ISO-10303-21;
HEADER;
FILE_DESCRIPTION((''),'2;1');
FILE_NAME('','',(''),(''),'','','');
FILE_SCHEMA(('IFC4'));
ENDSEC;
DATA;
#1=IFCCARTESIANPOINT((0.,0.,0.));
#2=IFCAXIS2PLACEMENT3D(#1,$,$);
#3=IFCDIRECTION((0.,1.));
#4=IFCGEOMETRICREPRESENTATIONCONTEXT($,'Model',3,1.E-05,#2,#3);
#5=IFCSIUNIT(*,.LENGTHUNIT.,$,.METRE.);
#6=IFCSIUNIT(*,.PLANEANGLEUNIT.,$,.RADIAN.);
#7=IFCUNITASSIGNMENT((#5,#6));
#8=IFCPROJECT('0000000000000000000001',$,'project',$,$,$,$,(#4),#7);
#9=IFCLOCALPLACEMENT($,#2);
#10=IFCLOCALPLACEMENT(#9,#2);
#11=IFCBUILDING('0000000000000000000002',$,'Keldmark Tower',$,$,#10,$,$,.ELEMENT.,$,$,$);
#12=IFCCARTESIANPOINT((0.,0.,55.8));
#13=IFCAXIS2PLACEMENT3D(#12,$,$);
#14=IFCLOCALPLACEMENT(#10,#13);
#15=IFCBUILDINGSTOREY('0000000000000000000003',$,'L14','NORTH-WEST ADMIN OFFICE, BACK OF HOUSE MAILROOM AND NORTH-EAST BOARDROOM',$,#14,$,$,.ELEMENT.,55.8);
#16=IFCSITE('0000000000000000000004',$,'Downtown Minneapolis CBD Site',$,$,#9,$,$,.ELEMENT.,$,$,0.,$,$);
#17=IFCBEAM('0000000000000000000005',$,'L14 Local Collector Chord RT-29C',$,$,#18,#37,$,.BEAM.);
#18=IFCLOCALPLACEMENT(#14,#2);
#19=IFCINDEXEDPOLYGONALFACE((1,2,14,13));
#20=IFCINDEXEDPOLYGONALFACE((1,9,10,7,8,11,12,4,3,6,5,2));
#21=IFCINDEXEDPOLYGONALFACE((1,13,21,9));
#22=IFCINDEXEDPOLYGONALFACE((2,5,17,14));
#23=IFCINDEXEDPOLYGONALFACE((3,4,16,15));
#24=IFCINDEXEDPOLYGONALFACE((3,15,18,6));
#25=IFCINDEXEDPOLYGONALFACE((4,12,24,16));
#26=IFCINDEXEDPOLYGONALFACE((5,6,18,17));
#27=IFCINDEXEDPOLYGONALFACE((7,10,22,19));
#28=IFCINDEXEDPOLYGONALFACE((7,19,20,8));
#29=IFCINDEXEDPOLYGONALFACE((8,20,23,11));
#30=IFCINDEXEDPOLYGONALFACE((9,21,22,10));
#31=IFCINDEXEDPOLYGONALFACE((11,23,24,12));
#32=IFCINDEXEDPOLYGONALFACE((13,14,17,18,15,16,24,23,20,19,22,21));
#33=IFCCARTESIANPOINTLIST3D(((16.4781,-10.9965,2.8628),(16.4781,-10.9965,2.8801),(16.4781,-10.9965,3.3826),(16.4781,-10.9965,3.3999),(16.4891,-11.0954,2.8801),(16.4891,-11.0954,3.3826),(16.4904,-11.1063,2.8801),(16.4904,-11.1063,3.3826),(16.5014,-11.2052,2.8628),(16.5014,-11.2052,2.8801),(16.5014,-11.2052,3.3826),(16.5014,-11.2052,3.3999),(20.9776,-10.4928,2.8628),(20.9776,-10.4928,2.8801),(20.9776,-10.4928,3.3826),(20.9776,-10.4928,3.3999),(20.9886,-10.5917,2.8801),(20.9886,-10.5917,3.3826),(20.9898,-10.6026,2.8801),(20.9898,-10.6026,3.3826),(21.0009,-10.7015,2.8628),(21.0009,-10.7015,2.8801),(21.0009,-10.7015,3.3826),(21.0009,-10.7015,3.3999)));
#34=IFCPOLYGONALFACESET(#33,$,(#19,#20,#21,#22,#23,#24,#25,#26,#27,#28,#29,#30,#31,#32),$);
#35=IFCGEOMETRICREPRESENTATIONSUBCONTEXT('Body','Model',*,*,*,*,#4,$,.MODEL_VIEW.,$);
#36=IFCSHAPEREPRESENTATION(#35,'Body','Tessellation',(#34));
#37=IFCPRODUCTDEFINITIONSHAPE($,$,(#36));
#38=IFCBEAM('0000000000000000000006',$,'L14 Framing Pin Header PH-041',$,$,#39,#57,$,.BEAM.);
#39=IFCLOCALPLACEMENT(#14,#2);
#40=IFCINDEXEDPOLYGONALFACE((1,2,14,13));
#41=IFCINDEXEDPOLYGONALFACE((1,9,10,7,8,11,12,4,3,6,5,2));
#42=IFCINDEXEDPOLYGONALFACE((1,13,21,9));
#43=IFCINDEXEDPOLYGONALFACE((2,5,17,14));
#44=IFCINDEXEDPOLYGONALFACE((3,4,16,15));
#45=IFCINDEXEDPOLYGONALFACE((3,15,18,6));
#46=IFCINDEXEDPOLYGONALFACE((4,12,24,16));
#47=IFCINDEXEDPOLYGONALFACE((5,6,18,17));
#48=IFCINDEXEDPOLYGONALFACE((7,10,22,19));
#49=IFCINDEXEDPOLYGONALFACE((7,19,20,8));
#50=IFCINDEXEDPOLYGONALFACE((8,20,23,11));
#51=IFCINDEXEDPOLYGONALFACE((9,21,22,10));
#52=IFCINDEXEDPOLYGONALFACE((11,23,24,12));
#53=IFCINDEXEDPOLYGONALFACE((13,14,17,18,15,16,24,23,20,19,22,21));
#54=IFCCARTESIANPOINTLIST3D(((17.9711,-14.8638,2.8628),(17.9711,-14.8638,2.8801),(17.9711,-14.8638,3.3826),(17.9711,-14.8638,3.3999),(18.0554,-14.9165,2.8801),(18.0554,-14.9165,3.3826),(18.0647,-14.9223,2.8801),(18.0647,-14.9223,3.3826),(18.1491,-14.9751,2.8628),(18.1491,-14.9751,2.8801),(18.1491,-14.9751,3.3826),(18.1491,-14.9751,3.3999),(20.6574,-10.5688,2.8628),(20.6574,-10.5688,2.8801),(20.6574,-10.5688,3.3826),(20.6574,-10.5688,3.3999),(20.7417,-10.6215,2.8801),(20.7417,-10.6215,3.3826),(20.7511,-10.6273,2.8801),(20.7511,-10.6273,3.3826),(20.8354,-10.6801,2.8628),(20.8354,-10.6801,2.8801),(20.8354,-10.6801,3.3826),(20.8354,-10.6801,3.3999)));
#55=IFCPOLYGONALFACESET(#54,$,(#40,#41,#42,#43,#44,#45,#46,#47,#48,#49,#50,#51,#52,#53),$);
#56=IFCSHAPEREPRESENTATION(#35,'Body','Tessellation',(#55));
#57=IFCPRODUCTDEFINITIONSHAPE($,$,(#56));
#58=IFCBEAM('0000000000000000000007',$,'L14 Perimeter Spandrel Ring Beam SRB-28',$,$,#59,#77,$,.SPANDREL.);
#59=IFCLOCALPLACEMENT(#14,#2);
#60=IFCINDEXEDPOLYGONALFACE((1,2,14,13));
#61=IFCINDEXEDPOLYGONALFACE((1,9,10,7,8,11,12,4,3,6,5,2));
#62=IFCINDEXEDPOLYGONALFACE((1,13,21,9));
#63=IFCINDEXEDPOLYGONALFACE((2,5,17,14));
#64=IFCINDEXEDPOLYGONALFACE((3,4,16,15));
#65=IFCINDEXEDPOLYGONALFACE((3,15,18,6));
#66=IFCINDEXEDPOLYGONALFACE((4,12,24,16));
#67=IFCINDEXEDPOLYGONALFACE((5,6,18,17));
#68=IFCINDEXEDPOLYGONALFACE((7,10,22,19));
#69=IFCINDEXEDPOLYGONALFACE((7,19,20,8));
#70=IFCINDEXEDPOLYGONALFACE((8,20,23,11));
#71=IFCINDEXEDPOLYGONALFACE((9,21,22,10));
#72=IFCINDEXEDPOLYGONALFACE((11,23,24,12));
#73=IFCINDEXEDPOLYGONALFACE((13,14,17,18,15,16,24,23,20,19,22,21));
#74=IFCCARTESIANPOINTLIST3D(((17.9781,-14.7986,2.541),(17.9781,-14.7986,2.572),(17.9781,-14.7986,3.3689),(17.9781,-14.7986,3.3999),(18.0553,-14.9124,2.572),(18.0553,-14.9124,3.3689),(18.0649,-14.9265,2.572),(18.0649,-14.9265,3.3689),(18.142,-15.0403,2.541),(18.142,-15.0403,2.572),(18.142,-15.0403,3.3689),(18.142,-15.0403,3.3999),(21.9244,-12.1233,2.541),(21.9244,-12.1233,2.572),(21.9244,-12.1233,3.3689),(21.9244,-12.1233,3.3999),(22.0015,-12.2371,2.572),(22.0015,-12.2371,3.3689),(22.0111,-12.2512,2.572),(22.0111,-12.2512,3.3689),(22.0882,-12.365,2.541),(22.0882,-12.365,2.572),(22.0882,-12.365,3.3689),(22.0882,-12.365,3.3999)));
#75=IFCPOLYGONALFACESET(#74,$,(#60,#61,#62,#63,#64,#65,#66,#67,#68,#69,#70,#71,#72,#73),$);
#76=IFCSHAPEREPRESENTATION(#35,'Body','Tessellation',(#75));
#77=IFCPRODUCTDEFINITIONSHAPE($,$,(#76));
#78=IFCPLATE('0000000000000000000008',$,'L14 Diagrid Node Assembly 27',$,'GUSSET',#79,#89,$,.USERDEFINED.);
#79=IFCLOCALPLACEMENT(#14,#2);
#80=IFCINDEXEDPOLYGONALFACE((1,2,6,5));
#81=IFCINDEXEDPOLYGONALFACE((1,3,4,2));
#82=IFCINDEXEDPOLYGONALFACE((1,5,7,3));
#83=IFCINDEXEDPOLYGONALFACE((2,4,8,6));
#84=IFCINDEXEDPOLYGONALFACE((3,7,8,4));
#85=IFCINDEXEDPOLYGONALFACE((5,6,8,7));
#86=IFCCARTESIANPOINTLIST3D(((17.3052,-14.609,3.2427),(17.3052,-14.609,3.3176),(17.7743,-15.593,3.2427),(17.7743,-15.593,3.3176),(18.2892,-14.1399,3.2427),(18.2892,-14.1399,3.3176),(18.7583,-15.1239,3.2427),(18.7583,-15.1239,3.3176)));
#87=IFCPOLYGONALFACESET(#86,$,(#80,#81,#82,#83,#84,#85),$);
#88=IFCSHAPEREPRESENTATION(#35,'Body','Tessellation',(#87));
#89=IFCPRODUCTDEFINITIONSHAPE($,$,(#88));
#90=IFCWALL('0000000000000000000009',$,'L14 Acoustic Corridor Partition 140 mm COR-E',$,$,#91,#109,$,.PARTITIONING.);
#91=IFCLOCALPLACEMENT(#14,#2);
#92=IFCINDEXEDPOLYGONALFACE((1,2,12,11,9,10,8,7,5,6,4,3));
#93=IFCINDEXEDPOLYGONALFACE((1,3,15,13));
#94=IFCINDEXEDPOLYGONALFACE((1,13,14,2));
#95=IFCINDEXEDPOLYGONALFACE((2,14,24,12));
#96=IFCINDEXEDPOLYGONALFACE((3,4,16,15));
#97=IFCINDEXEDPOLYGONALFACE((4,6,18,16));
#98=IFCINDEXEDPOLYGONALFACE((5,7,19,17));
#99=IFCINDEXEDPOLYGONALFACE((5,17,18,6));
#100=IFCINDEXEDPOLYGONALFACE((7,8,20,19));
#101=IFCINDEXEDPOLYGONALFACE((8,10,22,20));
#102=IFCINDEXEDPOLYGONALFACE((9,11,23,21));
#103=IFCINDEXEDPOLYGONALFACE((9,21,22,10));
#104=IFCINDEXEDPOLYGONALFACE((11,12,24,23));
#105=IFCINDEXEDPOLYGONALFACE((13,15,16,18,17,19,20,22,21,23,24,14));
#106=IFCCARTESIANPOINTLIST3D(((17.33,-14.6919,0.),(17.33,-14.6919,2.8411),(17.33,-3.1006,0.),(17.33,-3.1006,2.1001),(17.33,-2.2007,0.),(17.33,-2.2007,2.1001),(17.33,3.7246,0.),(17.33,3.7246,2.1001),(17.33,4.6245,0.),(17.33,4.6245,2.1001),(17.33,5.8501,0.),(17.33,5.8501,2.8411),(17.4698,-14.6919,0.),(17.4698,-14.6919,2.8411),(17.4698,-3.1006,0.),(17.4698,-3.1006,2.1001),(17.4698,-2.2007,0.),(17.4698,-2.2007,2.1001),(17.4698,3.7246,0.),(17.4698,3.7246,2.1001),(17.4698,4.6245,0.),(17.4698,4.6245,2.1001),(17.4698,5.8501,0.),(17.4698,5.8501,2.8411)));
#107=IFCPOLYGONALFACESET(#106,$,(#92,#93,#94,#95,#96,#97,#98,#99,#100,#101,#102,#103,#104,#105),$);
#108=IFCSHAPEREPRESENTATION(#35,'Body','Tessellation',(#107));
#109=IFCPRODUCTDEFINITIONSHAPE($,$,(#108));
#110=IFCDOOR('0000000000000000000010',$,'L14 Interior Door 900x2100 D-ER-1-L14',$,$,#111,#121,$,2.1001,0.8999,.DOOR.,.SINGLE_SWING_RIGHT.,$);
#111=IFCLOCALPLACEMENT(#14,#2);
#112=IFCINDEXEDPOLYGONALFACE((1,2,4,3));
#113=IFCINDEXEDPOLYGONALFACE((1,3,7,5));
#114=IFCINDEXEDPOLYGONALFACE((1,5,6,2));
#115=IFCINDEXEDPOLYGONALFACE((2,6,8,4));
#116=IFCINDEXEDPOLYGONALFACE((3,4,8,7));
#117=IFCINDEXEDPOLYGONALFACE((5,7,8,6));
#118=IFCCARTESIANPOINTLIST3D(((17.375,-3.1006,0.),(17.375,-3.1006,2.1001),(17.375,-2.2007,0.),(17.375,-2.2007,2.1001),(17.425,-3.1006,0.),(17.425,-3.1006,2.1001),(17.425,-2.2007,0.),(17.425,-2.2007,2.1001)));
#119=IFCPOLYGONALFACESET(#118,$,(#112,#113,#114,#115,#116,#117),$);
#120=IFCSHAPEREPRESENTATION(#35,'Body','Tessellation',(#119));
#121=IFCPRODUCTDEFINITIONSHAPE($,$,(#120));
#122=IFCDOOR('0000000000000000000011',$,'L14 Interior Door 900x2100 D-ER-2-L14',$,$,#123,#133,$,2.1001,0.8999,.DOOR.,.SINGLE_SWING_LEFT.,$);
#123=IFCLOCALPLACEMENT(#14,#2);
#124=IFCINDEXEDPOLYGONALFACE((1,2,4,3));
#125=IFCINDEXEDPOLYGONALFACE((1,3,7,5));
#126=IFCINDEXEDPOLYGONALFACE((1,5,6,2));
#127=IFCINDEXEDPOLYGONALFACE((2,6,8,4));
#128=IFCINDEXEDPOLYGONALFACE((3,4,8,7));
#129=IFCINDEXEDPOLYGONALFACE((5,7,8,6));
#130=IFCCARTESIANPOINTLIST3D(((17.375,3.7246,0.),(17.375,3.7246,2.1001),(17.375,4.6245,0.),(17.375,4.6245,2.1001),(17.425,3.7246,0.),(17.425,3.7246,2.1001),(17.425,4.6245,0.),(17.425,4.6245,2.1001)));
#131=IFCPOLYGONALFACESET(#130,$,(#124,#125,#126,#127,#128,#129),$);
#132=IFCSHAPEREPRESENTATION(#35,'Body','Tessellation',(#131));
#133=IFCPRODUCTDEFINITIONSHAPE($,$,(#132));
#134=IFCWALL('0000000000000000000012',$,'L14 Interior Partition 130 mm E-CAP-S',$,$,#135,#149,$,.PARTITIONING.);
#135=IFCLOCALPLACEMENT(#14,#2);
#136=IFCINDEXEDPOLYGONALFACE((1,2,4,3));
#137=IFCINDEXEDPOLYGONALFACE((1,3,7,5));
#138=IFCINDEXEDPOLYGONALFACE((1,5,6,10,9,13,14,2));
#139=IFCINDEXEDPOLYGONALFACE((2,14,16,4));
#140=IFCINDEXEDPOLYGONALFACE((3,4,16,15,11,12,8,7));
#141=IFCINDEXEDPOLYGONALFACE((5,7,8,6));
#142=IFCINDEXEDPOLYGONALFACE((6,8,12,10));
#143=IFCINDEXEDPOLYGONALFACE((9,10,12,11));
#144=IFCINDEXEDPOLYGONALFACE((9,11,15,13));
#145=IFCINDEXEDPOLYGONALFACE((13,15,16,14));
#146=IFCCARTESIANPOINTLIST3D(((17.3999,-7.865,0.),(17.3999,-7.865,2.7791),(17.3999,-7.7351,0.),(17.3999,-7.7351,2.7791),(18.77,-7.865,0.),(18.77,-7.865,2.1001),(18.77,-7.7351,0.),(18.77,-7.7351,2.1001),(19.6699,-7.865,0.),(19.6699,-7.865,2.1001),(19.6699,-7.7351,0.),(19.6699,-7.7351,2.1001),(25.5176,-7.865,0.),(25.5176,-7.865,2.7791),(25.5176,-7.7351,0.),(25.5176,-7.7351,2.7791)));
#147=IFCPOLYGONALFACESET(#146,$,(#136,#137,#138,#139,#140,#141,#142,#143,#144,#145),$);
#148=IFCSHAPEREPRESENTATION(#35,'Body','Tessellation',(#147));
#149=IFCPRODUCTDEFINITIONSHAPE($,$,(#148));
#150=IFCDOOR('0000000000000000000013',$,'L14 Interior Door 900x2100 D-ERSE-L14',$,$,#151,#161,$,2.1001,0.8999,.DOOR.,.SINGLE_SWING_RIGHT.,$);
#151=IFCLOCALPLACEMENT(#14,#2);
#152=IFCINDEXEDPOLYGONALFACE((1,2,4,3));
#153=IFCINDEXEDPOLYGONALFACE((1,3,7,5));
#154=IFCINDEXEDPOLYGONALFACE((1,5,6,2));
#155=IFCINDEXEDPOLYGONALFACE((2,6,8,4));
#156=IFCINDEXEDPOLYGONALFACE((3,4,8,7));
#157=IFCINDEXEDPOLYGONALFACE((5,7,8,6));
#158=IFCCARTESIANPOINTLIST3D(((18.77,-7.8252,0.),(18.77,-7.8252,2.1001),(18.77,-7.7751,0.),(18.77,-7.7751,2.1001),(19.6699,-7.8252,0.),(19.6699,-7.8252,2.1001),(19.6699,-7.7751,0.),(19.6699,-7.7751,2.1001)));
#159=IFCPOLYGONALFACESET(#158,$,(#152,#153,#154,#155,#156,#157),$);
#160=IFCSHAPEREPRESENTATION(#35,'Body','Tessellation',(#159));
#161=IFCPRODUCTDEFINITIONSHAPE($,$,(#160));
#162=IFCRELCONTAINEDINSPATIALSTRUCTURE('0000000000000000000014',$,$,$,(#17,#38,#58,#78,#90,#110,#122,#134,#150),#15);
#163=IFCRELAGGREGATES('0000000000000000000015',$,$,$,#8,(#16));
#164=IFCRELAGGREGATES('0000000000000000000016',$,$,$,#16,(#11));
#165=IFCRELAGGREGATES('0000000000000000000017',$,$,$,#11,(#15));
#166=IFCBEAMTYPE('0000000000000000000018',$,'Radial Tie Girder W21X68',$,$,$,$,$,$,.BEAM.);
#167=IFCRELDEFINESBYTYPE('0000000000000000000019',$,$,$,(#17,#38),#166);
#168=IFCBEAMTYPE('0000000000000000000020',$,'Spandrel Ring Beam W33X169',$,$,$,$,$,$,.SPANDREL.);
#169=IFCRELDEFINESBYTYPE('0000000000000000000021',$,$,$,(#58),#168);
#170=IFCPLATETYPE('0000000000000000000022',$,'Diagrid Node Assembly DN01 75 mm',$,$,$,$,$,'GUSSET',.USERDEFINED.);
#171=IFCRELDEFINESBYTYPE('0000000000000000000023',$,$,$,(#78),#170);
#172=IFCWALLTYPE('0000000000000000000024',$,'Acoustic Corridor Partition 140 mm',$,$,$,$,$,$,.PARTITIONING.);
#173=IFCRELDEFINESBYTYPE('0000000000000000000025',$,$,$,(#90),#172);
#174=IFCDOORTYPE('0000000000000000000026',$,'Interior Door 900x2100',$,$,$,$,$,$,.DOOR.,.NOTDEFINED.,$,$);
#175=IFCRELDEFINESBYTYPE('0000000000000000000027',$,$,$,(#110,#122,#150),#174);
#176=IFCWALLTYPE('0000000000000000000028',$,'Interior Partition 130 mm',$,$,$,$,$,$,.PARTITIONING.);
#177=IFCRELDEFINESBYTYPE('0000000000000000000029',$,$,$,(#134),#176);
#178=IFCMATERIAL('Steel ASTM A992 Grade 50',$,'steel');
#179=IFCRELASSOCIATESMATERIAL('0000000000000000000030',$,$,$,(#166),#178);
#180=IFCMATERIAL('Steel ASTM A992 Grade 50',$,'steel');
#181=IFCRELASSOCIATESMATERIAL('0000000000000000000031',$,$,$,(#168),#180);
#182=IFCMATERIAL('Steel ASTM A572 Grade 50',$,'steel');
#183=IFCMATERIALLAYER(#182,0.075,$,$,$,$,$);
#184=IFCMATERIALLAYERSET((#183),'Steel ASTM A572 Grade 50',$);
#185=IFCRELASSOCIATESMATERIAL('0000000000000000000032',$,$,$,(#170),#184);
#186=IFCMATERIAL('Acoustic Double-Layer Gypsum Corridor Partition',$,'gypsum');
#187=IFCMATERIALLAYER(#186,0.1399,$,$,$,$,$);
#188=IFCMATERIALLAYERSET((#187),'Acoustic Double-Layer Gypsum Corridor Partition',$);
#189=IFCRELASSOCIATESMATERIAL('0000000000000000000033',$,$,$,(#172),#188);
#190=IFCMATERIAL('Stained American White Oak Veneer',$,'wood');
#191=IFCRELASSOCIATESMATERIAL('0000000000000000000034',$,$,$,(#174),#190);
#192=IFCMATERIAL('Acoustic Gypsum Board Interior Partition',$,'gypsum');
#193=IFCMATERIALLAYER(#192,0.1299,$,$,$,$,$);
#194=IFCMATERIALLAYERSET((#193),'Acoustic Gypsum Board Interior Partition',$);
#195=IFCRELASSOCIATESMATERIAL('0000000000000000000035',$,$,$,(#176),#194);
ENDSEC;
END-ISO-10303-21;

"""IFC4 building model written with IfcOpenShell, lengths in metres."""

from ifc_helpers import new_model, si_unit, direction, frame, frame_2d, origin, origin_2d, place, context, subcontext, project, spatial, rectangle, i_section, extrude, material, layer, layer_set, material_profile, profile_set, type_object, element, fill, save


model = new_model("IFC4")

# Units and contexts
model_context = context("Model", 3, precision=1e-05, world=origin(), true_north=direction((0.0, 1.0)))
body_context = subcontext(model_context, "Body", "Model", "MODEL_VIEW")
ifc_project = project(units=[si_unit("LENGTHUNIT", "METRE"), si_unit("PLANEANGLEUNIT", "RADIAN")], contexts=[model_context])

# Site, building, storey
site_placement = place(None, origin())
site = spatial("IfcSite", under=ifc_project, at=site_placement, Name="Downtown Minneapolis CBD Site", CompositionType="ELEMENT", RefElevation=0.0)
building_placement = place(site_placement, origin())
building = spatial("IfcBuilding", under=site, at=building_placement, Name="Keldmark Tower", CompositionType="ELEMENT")
storey_placement = place(building_placement, frame((0.0, 0.0, 55.8)))
storey = spatial("IfcBuildingStorey", under=building, at=storey_placement, Name="L14", Description="NORTH-WEST ADMIN OFFICE, BACK OF HOUSE MAILROOM AND NORTH-EAST BOARDROOM", CompositionType="ELEMENT", Elevation=55.8)

# Beams
ifc_material_1 = material(Name="Steel ASTM A992 Grade 50", Category="steel")
ifc_material_profile_1 = material_profile(ifc_material_1, i_section(OverallWidth=0.21, OverallDepth=0.5371, WebThickness=0.011, FlangeThickness=0.0173, at=origin_2d()), Name="W21X68")
ifc_profile_set_1 = profile_set([ifc_material_profile_1], Name="Steel ASTM A992 Grade 50")
beam_type_1 = type_object("IfcBeamType", Name="Radial Tie Girder W21X68", PredefinedType="BEAM", material=ifc_profile_set_1)
beam_1_placement = place(storey_placement, frame((16.4897, -11.1008, 3.1313), z_axis=(0.993793, 0.111242, 0.0), x_axis=(-0.111242, 0.993793, 0.0)))
element("IfcBeam", 1, at=beam_1_placement, inside=storey, type_object=beam_type_1, Name="L14 Local Collector Chord RT-29C", PredefinedType="BEAM", context=body_context, shape_type="SweptSolid", body=[
    extrude(i_section(OverallWidth=0.21, OverallDepth=0.5371, WebThickness=0.011, FlangeThickness=0.0173, at=origin_2d()), origin(), (0.0, 0.0, 1.0), 4.5276),
])
beam_2_placement = place(storey_placement, frame((18.0601, -14.9194, 3.1313), z_axis=(0.530276, 0.847825, 0.0), x_axis=(-0.847825, 0.530276, 0.0)))
element("IfcBeam", 2, at=beam_2_placement, inside=storey, type_object=beam_type_1, Name="L14 Framing Pin Header PH-041", PredefinedType="BEAM", context=body_context, shape_type="SweptSolid", body=[
    extrude(i_section(OverallWidth=0.21, OverallDepth=0.5371, WebThickness=0.011, FlangeThickness=0.0173, at=origin_2d()), origin(), (0.0, 0.0, 1.0), 5.0659),
])
ifc_material_2 = material(Name="Steel ASTM A992 Grade 50", Category="steel")
ifc_material_profile_2 = material_profile(ifc_material_2, i_section(OverallWidth=0.292, OverallDepth=0.8589, WebThickness=0.0171, FlangeThickness=0.031, at=origin_2d()), Name="W33X169")
ifc_profile_set_2 = profile_set([ifc_material_profile_2], Name="Steel ASTM A992 Grade 50")
beam_type_2 = type_object("IfcBeamType", Name="Spandrel Ring Beam W33X169", PredefinedType="SPANDREL", material=ifc_profile_set_2)
beam_3_placement = place(storey_placement, frame((18.0601, -14.9194, 2.9705), z_axis=(0.827724, 0.561136, 0.0), x_axis=(-0.561136, 0.827724, 0.0)))
element("IfcBeam", 3, at=beam_3_placement, inside=storey, type_object=beam_type_2, Name="L14 Perimeter Spandrel Ring Beam SRB-28", PredefinedType="SPANDREL", context=body_context, shape_type="SweptSolid", body=[
    extrude(i_section(OverallWidth=0.292, OverallDepth=0.8589, WebThickness=0.0171, FlangeThickness=0.031, at=origin_2d()), origin(), (0.0, 0.0, 1.0), 4.7676),
])

# Plate
ifc_material_3 = material(Name="Steel ASTM A572 Grade 50", Category="steel")
ifc_layer_1 = layer(ifc_material_3, 0.075)
ifc_layer_set_1 = layer_set([ifc_layer_1], Name="Steel ASTM A572 Grade 50")
plate_type = type_object("IfcPlateType", Name="Diagrid Node Assembly DN01 75 mm", ElementType="GUSSET", PredefinedType="USERDEFINED", material=ifc_layer_set_1)
plate_placement = place(storey_placement, frame((18.0317, -14.8665, 3.2427), z_axis=(0.0, 0.0, 1.0), x_axis=(0.90266, 0.430354, 0.0)))
element("IfcPlate", 4, at=plate_placement, inside=storey, type_object=plate_type, Name="L14 Diagrid Node Assembly 27", ObjectType="GUSSET", PredefinedType="USERDEFINED", context=body_context, shape_type="SweptSolid", body=[
    extrude(rectangle(XDim=1.0901, YDim=1.0901, at=origin_2d()), origin(), (0.0, 0.0, 1.0), 0.075),
])

# Wall, openings, doors
ifc_material_4 = material(Name="Acoustic Double-Layer Gypsum Corridor Partition", Category="gypsum")
ifc_layer_2 = layer(ifc_material_4, 0.1399)
ifc_layer_set_2 = layer_set([ifc_layer_2], Name="Acoustic Double-Layer Gypsum Corridor Partition")
wall_type_1 = type_object("IfcWallType", Name="Acoustic Corridor Partition 140 mm", PredefinedType="PARTITIONING", material=ifc_layer_set_2)
wall_1_placement = place(storey_placement, frame((17.3999, -14.6919, 0.0), z_axis=(0.0, 0.0, 1.0), x_axis=(0.0, 1.0, 0.0)))
wall_1 = element("IfcWall", 5, at=wall_1_placement, inside=storey, type_object=wall_type_1, Name="L14 Acoustic Corridor Partition 140 mm COR-E", PredefinedType="PARTITIONING", context=body_context, shape_type="SweptSolid", body=[
    extrude(rectangle(XDim=20.542, YDim=0.1399, at=frame_2d((10.271, 0.0))), origin(), (0.0, 0.0, 1.0), 2.8411),
])
opening_1_placement = place(wall_1_placement, frame((11.5913, 0.0, 0.0)))
opening_1 = element("IfcOpeningElement", 6, at=opening_1_placement, cuts=wall_1, PredefinedType="OPENING", context=body_context, shape_type="SweptSolid", body=[
    extrude(rectangle(XDim=0.8999, YDim=2.1001, at=frame_2d((0.45, 1.05))), frame((0.0, 0.0798, 0.0), z_axis=(0.0, -1.0, 0.0), x_axis=(1.0, 0.0, 0.0)), (0.0, 0.0, 1.0), 0.1599),
])
opening_2_placement = place(wall_1_placement, frame((18.4165, 0.0, 0.0)))
opening_2 = element("IfcOpeningElement", 7, at=opening_2_placement, cuts=wall_1, PredefinedType="OPENING", context=body_context, shape_type="SweptSolid", body=[
    extrude(rectangle(XDim=0.8999, YDim=2.1001, at=frame_2d((0.45, 1.05))), frame((0.0, 0.0798, 0.0), z_axis=(0.0, -1.0, 0.0), x_axis=(1.0, 0.0, 0.0)), (0.0, 0.0, 1.0), 0.1599),
])
ifc_material_5 = material(Name="Stained American White Oak Veneer", Category="wood")
door_type = type_object("IfcDoorType", Name="Interior Door 900x2100", OperationType="NOTDEFINED", PredefinedType="DOOR", material=ifc_material_5)
door_1_placement = place(opening_1_placement, origin())
door_1 = element("IfcDoor", 8, at=door_1_placement, inside=storey, type_object=door_type, Name="L14 Interior Door 900x2100 D-ER-1-L14", OperationType="SINGLE_SWING_RIGHT", OverallHeight=2.1001, OverallWidth=0.8999, PredefinedType="DOOR", context=body_context, shape_type="SweptSolid", body=[
    extrude(rectangle(XDim=0.8999, YDim=2.1001, at=frame_2d((0.45, 1.05))), frame((0.0, 0.0249, 0.0), z_axis=(0.0, -1.0, 0.0), x_axis=(1.0, 0.0, 0.0)), (0.0, 0.0, 1.0), 0.05),
])
fill(opening_1, door_1)
door_2_placement = place(opening_2_placement, origin())
door_2 = element("IfcDoor", 9, at=door_2_placement, inside=storey, type_object=door_type, Name="L14 Interior Door 900x2100 D-ER-2-L14", OperationType="SINGLE_SWING_LEFT", OverallHeight=2.1001, OverallWidth=0.8999, PredefinedType="DOOR", context=body_context, shape_type="SweptSolid", body=[
    extrude(rectangle(XDim=0.8999, YDim=2.1001, at=frame_2d((0.45, 1.05))), frame((0.0, 0.0249, 0.0), z_axis=(0.0, -1.0, 0.0), x_axis=(1.0, 0.0, 0.0)), (0.0, 0.0, 1.0), 0.05),
])
fill(opening_2, door_2)

# Wall, opening, door
ifc_material_6 = material(Name="Acoustic Gypsum Board Interior Partition", Category="gypsum")
ifc_layer_3 = layer(ifc_material_6, 0.1299)
ifc_layer_set_3 = layer_set([ifc_layer_3], Name="Acoustic Gypsum Board Interior Partition")
wall_type_2 = type_object("IfcWallType", Name="Interior Partition 130 mm", PredefinedType="PARTITIONING", material=ifc_layer_set_3)
wall_2_placement = place(storey_placement, frame((17.3999, -7.8, 0.0), z_axis=(0.0, 0.0, 1.0), x_axis=(1.0, 0.0, 0.0)))
wall_2 = element("IfcWall", 10, at=wall_2_placement, inside=storey, type_object=wall_type_2, Name="L14 Interior Partition 130 mm E-CAP-S", PredefinedType="PARTITIONING", context=body_context, shape_type="SweptSolid", body=[
    extrude(rectangle(XDim=8.1177, YDim=0.1299, at=frame_2d((4.0588, 0.0))), origin(), (0.0, 0.0, 1.0), 2.7791),
])
opening_3_placement = place(wall_2_placement, frame((1.3701, 0.0, 0.0)))
opening_3 = element("IfcOpeningElement", 11, at=opening_3_placement, cuts=wall_2, PredefinedType="OPENING", context=body_context, shape_type="SweptSolid", body=[
    extrude(rectangle(XDim=0.8999, YDim=2.1001, at=frame_2d((0.45, 1.05))), frame((0.0, 0.075, 0.0), z_axis=(0.0, -1.0, 0.0), x_axis=(1.0, 0.0, 0.0)), (0.0, 0.0, 1.0), 0.1499),
])
door_3_placement = place(opening_3_placement, origin())
door_3 = element("IfcDoor", 12, at=door_3_placement, inside=storey, type_object=door_type, Name="L14 Interior Door 900x2100 D-ERSE-L14", OperationType="SINGLE_SWING_RIGHT", OverallHeight=2.1001, OverallWidth=0.8999, PredefinedType="DOOR", context=body_context, shape_type="SweptSolid", body=[
    extrude(rectangle(XDim=0.8999, YDim=2.1001, at=frame_2d((0.45, 1.05))), frame((0.0, 0.0249, 0.0), z_axis=(0.0, -1.0, 0.0), x_axis=(1.0, 0.0, 0.0)), (0.0, 0.0, 1.0), 0.05),
])
fill(opening_3, door_3)

save(model, "model.ifc")
